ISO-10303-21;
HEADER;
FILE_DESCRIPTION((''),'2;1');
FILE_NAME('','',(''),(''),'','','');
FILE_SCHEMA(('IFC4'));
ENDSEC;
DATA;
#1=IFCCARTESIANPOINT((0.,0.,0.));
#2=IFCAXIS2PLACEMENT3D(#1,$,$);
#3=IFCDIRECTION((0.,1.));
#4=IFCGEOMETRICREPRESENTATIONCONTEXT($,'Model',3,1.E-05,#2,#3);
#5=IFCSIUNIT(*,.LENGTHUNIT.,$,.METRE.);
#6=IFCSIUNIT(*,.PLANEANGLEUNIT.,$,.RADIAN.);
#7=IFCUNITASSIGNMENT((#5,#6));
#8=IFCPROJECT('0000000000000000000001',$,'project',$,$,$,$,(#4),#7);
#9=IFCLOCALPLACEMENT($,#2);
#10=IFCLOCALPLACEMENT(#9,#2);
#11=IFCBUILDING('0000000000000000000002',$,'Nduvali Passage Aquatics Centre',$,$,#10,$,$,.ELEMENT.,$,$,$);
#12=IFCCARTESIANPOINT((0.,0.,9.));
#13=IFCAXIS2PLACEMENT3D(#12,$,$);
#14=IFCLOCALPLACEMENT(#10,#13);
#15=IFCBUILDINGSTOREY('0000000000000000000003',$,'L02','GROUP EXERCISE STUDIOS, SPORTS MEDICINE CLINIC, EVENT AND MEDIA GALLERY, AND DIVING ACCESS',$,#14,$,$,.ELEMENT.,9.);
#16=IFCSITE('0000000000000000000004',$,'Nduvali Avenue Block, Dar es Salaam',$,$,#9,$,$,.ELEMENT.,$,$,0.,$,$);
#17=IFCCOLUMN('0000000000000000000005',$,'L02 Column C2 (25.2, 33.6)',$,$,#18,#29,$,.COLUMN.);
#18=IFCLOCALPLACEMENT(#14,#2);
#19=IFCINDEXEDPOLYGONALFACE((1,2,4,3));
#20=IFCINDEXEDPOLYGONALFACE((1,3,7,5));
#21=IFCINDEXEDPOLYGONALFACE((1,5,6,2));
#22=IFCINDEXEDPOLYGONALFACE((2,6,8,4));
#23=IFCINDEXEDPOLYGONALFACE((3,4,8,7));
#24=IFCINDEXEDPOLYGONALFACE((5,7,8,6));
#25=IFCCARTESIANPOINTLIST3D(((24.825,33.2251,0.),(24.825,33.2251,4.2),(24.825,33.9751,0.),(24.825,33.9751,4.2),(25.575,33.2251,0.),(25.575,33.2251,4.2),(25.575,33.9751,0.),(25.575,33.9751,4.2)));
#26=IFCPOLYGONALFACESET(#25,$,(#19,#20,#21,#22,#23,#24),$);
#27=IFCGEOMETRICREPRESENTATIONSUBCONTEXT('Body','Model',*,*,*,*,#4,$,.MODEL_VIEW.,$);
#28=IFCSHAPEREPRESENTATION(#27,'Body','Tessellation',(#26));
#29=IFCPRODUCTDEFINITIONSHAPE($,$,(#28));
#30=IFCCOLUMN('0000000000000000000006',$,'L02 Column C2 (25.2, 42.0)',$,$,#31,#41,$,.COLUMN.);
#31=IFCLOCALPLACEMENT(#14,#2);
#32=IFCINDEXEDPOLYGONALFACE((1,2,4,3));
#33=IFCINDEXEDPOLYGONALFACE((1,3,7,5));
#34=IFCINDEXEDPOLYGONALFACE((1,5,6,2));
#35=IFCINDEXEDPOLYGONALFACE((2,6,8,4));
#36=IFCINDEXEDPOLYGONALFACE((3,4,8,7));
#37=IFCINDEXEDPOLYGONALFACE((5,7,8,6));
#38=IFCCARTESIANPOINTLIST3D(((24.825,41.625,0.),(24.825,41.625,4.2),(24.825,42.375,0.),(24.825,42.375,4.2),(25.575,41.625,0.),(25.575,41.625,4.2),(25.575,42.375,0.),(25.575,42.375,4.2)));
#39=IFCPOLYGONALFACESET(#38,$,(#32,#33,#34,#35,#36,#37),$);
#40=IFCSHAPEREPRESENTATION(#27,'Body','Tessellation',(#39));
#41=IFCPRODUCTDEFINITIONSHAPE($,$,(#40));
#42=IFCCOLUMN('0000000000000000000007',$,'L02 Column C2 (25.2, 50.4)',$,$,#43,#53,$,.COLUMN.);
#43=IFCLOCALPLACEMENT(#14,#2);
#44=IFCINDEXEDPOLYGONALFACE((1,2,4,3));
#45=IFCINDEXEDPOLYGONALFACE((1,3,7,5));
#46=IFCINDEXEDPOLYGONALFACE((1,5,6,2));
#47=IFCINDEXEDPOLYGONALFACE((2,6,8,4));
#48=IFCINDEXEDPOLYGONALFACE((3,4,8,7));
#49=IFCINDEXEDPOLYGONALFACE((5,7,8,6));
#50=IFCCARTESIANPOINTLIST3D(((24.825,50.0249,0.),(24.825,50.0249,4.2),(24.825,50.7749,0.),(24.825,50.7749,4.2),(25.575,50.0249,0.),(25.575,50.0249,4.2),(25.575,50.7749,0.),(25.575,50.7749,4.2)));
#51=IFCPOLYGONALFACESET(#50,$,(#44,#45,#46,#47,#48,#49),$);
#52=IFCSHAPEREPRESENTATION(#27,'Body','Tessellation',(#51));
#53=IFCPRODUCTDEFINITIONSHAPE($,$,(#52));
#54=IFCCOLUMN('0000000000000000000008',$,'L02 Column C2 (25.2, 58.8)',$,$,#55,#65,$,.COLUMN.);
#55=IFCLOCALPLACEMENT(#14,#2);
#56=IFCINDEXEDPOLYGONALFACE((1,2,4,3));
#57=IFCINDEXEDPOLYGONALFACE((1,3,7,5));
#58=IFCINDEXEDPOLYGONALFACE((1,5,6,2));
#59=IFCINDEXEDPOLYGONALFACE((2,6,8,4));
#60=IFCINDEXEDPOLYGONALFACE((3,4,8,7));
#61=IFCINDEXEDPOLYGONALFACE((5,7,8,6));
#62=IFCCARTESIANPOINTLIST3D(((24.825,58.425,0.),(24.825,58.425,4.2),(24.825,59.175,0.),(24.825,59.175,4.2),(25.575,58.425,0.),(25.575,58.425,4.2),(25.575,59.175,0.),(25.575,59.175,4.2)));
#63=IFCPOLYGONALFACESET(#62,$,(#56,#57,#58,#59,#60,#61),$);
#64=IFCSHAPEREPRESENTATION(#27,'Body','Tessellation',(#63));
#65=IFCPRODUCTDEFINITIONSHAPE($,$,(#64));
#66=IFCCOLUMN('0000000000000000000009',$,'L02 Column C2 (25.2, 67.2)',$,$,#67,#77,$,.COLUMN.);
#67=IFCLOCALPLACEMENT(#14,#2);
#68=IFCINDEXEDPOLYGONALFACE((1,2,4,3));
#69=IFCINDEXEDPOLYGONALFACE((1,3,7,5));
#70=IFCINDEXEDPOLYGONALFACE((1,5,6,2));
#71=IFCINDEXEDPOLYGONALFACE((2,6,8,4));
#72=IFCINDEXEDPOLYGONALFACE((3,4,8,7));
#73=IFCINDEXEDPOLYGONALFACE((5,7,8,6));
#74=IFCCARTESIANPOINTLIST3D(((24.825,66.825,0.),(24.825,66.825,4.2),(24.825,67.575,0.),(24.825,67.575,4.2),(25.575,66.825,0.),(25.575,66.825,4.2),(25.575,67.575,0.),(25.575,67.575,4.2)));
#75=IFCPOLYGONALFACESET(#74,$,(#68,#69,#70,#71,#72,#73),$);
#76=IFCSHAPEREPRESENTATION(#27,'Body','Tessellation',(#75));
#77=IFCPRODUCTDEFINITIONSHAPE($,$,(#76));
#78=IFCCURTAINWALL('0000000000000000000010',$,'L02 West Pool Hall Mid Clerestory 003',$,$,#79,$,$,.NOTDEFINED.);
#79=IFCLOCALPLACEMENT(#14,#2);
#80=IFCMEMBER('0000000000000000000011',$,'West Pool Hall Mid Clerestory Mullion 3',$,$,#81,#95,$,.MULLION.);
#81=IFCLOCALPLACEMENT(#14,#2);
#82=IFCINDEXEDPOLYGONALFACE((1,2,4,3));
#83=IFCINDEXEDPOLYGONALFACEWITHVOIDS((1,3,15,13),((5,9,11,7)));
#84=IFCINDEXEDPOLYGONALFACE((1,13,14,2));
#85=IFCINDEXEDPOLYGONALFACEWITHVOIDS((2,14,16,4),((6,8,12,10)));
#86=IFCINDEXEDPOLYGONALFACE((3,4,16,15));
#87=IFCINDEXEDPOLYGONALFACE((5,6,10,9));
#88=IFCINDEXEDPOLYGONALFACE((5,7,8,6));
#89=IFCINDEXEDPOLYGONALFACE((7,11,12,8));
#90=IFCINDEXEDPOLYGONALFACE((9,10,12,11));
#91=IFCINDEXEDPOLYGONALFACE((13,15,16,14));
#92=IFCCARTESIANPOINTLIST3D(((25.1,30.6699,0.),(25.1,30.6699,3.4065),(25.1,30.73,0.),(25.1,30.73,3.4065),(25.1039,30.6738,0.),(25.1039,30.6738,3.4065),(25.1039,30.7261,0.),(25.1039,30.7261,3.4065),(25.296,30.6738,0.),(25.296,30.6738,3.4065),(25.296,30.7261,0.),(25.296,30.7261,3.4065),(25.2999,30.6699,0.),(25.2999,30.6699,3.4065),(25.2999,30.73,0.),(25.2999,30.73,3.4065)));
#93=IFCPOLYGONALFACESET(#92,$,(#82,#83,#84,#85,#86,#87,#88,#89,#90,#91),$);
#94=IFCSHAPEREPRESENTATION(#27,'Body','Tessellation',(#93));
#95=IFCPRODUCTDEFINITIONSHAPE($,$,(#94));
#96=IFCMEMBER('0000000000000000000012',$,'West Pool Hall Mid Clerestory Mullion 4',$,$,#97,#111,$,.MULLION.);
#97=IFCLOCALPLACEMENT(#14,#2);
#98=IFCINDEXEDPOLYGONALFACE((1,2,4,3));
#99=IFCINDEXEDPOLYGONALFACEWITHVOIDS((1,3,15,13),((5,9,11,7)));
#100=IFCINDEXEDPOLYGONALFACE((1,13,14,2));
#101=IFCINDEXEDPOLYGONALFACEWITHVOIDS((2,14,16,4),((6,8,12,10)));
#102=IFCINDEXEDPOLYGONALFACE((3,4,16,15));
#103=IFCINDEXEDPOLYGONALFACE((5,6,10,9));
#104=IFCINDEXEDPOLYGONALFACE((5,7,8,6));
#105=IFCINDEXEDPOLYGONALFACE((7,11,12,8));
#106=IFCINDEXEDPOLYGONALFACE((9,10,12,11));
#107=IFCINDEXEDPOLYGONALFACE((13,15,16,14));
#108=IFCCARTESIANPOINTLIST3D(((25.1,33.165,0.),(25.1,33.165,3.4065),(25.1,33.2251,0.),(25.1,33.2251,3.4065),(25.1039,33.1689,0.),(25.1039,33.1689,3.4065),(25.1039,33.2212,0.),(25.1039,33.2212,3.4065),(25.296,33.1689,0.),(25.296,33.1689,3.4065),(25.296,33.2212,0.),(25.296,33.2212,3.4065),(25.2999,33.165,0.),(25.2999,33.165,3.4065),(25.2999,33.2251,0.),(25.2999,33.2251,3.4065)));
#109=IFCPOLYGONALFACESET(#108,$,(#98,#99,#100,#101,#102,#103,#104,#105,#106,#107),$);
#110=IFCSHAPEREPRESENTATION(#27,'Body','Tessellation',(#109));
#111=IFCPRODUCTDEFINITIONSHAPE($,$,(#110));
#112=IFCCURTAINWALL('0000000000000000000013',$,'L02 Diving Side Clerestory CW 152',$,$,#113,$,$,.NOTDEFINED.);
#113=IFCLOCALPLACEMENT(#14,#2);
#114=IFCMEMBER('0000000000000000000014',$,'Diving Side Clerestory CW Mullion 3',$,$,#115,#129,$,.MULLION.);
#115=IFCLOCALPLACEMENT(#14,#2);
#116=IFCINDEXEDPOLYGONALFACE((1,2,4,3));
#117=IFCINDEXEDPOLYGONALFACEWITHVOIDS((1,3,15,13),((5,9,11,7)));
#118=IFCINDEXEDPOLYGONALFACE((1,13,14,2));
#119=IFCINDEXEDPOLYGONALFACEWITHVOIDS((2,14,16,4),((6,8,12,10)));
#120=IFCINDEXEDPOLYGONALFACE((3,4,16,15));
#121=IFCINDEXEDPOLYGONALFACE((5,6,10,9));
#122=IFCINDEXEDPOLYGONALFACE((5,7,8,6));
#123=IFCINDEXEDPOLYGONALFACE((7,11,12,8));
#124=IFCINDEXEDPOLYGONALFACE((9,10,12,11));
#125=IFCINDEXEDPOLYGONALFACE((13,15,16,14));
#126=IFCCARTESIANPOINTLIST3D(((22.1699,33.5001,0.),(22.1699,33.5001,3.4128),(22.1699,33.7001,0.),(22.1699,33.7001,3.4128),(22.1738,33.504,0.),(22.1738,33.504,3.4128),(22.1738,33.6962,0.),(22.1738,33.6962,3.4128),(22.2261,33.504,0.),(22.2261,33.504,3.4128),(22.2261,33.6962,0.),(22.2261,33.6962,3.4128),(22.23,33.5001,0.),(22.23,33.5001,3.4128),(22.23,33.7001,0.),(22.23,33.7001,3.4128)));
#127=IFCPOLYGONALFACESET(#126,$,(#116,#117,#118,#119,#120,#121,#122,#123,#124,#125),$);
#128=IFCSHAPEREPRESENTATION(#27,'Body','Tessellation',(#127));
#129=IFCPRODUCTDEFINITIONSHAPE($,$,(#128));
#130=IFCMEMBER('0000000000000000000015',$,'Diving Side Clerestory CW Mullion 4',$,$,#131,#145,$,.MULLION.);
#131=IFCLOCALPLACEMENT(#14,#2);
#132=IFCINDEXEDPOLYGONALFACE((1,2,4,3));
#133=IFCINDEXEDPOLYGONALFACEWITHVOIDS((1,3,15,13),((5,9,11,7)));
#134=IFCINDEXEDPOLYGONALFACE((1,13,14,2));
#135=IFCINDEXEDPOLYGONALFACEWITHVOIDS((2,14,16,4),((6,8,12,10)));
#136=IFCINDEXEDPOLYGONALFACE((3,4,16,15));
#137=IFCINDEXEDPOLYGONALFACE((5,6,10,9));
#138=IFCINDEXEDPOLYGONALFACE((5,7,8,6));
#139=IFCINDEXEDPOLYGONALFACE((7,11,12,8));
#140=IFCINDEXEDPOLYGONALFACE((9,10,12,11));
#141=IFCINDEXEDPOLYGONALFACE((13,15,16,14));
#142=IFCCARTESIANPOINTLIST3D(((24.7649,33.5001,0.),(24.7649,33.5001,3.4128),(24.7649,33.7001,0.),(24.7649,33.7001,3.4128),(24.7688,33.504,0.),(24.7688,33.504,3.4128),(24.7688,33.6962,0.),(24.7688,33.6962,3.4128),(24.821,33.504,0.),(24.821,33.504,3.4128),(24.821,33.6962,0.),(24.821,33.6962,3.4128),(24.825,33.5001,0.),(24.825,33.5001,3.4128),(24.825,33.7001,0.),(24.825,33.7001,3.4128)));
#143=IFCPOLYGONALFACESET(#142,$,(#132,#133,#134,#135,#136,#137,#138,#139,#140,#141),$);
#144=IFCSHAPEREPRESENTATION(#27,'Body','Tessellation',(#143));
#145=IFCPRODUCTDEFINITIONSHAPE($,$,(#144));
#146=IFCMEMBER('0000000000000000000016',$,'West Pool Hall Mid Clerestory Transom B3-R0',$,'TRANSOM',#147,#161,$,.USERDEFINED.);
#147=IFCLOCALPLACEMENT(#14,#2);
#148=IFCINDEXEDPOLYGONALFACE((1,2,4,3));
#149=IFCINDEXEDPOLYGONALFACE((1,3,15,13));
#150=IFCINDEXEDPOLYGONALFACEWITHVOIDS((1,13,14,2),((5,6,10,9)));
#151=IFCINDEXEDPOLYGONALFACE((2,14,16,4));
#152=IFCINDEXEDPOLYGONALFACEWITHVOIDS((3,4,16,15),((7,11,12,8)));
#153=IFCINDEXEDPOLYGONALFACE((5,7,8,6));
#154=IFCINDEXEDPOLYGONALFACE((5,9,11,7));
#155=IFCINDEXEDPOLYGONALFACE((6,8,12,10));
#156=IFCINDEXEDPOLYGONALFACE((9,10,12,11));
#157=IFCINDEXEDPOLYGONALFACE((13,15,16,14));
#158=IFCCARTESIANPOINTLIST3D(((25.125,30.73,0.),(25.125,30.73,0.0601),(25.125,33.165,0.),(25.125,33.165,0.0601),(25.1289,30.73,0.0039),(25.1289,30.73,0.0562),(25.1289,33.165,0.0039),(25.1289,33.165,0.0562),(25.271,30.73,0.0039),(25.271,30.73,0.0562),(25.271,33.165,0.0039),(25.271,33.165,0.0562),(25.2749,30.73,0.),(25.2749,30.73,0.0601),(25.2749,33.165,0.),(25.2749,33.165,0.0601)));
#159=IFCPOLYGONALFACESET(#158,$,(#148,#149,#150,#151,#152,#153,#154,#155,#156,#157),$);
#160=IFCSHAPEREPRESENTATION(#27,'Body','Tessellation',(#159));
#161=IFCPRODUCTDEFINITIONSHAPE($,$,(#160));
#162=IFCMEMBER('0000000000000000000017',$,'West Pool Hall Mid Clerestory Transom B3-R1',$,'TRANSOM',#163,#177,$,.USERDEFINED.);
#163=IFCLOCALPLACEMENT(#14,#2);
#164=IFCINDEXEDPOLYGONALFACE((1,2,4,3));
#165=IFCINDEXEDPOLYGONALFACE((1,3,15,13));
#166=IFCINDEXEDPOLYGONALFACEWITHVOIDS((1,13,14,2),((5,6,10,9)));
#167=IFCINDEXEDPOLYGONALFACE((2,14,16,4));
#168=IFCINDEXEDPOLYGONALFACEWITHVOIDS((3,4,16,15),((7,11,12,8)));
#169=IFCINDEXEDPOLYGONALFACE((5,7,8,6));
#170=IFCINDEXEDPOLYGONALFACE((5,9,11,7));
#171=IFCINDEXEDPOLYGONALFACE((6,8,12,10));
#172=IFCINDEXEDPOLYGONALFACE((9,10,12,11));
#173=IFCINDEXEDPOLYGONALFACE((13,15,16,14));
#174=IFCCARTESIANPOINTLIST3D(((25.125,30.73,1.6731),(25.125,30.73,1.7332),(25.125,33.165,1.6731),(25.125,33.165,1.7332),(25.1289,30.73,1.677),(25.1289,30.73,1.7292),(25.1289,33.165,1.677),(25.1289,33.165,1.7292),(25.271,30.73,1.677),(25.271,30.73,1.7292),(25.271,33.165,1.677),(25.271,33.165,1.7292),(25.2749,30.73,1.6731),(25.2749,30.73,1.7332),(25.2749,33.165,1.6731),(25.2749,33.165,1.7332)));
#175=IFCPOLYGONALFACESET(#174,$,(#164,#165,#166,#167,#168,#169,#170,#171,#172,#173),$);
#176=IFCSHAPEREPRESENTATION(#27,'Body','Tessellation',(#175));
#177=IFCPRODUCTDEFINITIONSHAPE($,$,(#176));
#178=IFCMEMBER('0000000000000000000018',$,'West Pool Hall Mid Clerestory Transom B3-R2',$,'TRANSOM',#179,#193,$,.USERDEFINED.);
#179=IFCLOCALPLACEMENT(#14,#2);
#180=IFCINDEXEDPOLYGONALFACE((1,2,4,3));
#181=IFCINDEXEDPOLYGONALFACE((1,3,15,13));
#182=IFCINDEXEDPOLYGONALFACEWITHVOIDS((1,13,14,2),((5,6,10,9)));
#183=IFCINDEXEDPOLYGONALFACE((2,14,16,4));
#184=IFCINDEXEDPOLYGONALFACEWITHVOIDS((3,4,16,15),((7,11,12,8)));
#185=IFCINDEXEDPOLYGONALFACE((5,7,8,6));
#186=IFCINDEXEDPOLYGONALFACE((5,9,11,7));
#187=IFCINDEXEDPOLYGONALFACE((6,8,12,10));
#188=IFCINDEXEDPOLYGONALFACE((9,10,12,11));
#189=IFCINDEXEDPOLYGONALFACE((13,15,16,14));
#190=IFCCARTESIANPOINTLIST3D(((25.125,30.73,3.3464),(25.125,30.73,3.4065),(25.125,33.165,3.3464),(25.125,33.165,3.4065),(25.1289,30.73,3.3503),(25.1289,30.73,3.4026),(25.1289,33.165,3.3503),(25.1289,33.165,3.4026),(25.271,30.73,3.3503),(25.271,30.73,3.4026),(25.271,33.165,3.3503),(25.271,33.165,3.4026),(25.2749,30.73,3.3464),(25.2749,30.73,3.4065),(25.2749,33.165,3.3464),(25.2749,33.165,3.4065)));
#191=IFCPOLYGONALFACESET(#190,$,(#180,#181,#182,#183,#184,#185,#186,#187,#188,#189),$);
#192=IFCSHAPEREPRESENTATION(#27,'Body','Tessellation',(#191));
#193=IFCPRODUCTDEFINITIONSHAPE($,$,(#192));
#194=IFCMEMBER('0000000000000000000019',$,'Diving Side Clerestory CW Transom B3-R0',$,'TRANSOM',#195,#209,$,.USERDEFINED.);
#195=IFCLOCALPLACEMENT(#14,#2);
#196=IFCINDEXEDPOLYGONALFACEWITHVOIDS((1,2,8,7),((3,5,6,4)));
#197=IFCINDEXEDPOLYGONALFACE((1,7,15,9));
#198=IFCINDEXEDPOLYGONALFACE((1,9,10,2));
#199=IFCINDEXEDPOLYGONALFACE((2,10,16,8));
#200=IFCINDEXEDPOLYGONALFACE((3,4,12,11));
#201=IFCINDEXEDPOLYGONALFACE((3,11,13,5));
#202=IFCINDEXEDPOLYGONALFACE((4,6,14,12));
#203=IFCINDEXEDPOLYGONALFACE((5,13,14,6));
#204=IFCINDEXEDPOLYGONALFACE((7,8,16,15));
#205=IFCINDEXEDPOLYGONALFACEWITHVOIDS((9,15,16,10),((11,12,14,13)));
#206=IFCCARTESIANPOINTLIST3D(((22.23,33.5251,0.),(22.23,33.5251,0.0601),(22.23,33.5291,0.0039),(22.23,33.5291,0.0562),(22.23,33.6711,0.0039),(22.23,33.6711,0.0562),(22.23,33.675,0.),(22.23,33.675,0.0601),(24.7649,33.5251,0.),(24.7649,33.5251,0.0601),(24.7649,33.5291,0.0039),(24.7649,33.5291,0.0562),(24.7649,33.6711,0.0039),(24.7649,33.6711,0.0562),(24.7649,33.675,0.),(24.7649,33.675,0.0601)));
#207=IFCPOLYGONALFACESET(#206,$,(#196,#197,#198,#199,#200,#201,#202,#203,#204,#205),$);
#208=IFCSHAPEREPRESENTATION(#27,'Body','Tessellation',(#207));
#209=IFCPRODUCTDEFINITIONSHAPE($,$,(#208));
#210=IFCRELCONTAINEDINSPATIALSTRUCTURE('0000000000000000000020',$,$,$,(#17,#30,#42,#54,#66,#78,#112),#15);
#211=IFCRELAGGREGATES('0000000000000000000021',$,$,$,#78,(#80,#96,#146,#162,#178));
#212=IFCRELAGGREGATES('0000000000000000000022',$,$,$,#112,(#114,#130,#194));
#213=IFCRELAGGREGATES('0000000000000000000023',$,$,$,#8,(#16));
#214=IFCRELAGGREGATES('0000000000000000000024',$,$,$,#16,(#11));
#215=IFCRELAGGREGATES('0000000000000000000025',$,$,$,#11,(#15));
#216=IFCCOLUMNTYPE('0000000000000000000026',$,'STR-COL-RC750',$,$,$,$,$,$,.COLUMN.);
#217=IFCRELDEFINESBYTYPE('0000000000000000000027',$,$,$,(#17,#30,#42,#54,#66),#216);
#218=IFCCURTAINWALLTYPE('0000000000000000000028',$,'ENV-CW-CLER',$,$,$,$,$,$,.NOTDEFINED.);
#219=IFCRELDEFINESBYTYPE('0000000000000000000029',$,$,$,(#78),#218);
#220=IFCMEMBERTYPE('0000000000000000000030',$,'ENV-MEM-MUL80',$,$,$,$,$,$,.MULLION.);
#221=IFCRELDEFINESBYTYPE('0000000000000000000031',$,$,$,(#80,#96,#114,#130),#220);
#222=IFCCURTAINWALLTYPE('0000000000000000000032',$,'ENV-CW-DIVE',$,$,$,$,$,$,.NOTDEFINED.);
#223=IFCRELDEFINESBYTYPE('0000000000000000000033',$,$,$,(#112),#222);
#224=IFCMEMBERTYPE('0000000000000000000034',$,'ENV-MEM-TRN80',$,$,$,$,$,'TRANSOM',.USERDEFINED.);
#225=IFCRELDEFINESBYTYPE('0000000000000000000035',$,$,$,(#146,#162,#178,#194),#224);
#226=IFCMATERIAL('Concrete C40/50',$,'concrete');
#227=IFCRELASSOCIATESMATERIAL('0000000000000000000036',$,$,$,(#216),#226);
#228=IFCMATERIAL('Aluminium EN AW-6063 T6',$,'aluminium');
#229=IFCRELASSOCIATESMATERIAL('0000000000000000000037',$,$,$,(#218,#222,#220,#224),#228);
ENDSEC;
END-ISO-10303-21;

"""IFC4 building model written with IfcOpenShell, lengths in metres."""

from ifc_helpers import new_model, si_unit, direction, frame, origin, origin_2d, place, context, subcontext, project, spatial, rectangle, hollow_rectangle, extrude, material, material_profile, profile_set, type_object, element, aggregate, save


model = new_model("IFC4")

# Units and contexts
model_context = context("Model", 3, precision=1e-05, world=origin(), true_north=direction((0.0, 1.0)))
body_context = subcontext(model_context, "Body", "Model", "MODEL_VIEW")
ifc_project = project(units=[si_unit("LENGTHUNIT", "METRE"), si_unit("PLANEANGLEUNIT", "RADIAN")], contexts=[model_context])

# Site, building, storey
site_placement = place(None, origin())
site = spatial("IfcSite", under=ifc_project, at=site_placement, Name="Nduvali Avenue Block, Dar es Salaam", CompositionType="ELEMENT", RefElevation=0.0)
building_placement = place(site_placement, origin())
building = spatial("IfcBuilding", under=site, at=building_placement, Name="Nduvali Passage Aquatics Centre", CompositionType="ELEMENT")
storey_placement = place(building_placement, frame((0.0, 0.0, 9.0)))
storey = spatial("IfcBuildingStorey", under=building, at=storey_placement, Name="L02", Description="GROUP EXERCISE STUDIOS, SPORTS MEDICINE CLINIC, EVENT AND MEDIA GALLERY, AND DIVING ACCESS", CompositionType="ELEMENT", Elevation=9.0)

# Columns
ifc_material_1 = material(Name="Concrete C40/50", Category="concrete")
ifc_material_profile_1 = material_profile(ifc_material_1, rectangle(XDim=0.75, YDim=0.75, at=origin_2d()), Name="RC 750x750")
ifc_profile_set_1 = profile_set([ifc_material_profile_1], Name="Concrete C40/50")
column_type = type_object("IfcColumnType", Name="STR-COL-RC750", PredefinedType="COLUMN", material=ifc_profile_set_1)
for number, where, z_axis, x_axis, name in (
    (1, (25.2, 33.6001, 0.0), (0.0, 0.0, 1.0), (1.0, 0.0, 0.0), "L02 Column C2 (25.2, 33.6)"),
    (2, (25.2, 42.0, 0.0), (0.0, 0.0, 1.0), (1.0, 0.0, 0.0), "L02 Column C2 (25.2, 42.0)"),
    (3, (25.2, 50.3999, 0.0), (0.0, 0.0, 1.0), (1.0, 0.0, 0.0), "L02 Column C2 (25.2, 50.4)"),
    (4, (25.2, 58.8, 0.0), (0.0, 0.0, 1.0), (1.0, 0.0, 0.0), "L02 Column C2 (25.2, 58.8)"),
    (5, (25.2, 67.2, 0.0), (0.0, 0.0, 1.0), (1.0, 0.0, 0.0), "L02 Column C2 (25.2, 67.2)"),
):
    element("IfcColumn", number, at=place(storey_placement, frame(where, z_axis=z_axis, x_axis=x_axis)), inside=storey, type_object=column_type, Name=name, PredefinedType="COLUMN", context=body_context, shape_type="SweptSolid", body=[
        extrude(rectangle(XDim=0.75, YDim=0.75, at=origin_2d()), origin(), (0.0, 0.0, 1.0), 4.2),
    ])

# Curtain walls, members
ifc_material_2 = material(Name="Aluminium EN AW-6063 T6", Category="aluminium")
curtain_wall_type_1 = type_object("IfcCurtainWallType", Name="ENV-CW-CLER", PredefinedType="NOTDEFINED", material=ifc_material_2)
curtain_wall_1_placement = place(storey_placement, origin())
curtain_wall_1 = element("IfcCurtainWall", 6, at=curtain_wall_1_placement, inside=storey, type_object=curtain_wall_type_1, Name="L02 West Pool Hall Mid Clerestory 003", PredefinedType="NOTDEFINED")
ifc_material_profile_2 = material_profile(ifc_material_2, hollow_rectangle(XDim=0.0601, YDim=0.2, WallThickness=0.0039, at=origin_2d()), Name="ALU MULLION 60x200x4")
ifc_profile_set_2 = profile_set([ifc_material_profile_2], Name="Aluminium EN AW-6063 T6")
member_type_1 = type_object("IfcMemberType", Name="ENV-MEM-MUL80", PredefinedType="MULLION", material=ifc_profile_set_2)
member_1_placement = place(storey_placement, frame((25.2, 30.7, 0.0), z_axis=(0.0, 0.0, 1.0), x_axis=(0.0, 1.0, 0.0)))
member_1 = element("IfcMember", 7, at=member_1_placement, type_object=member_type_1, Name="West Pool Hall Mid Clerestory Mullion 3", PredefinedType="MULLION", context=body_context, shape_type="SweptSolid", body=[
    extrude(hollow_rectangle(XDim=0.0601, YDim=0.2, WallThickness=0.0039, at=origin_2d()), origin(), (0.0, 0.0, 1.0), 3.4065),
])
member_2_placement = place(storey_placement, frame((25.2, 33.1951, 0.0), z_axis=(0.0, 0.0, 1.0), x_axis=(0.0, 1.0, 0.0)))
member_2 = element("IfcMember", 8, at=member_2_placement, type_object=member_type_1, Name="West Pool Hall Mid Clerestory Mullion 4", PredefinedType="MULLION", context=body_context, shape_type="SweptSolid", body=[
    extrude(hollow_rectangle(XDim=0.0601, YDim=0.2, WallThickness=0.0039, at=origin_2d()), origin(), (0.0, 0.0, 1.0), 3.4065),
])
curtain_wall_type_2 = type_object("IfcCurtainWallType", Name="ENV-CW-DIVE", PredefinedType="NOTDEFINED", material=ifc_material_2)
curtain_wall_2_placement = place(storey_placement, origin())
curtain_wall_2 = element("IfcCurtainWall", 9, at=curtain_wall_2_placement, inside=storey, type_object=curtain_wall_type_2, Name="L02 Diving Side Clerestory CW 152", PredefinedType="NOTDEFINED")
member_3_placement = place(storey_placement, frame((22.2, 33.6001, 0.0), z_axis=(0.0, 0.0, 1.0), x_axis=(1.0, 0.0, 0.0)))
member_3 = element("IfcMember", 10, at=member_3_placement, type_object=member_type_1, Name="Diving Side Clerestory CW Mullion 3", PredefinedType="MULLION", context=body_context, shape_type="SweptSolid", body=[
    extrude(hollow_rectangle(XDim=0.0601, YDim=0.2, WallThickness=0.0039, at=origin_2d()), origin(), (0.0, 0.0, 1.0), 3.4128),
])
member_4_placement = place(storey_placement, frame((24.7949, 33.6001, 0.0), z_axis=(0.0, 0.0, 1.0), x_axis=(1.0, 0.0, 0.0)))
member_4 = element("IfcMember", 11, at=member_4_placement, type_object=member_type_1, Name="Diving Side Clerestory CW Mullion 4", PredefinedType="MULLION", context=body_context, shape_type="SweptSolid", body=[
    extrude(hollow_rectangle(XDim=0.0601, YDim=0.2, WallThickness=0.0039, at=origin_2d()), origin(), (0.0, 0.0, 1.0), 3.4128),
])

# Members
ifc_material_profile_3 = material_profile(ifc_material_2, hollow_rectangle(XDim=0.1499, YDim=0.0601, WallThickness=0.0039, at=origin_2d()), Name="ALU TRANSOM 150x60x4")
ifc_profile_set_3 = profile_set([ifc_material_profile_3], Name="Aluminium EN AW-6063 T6")
member_type_2 = type_object("IfcMemberType", Name="ENV-MEM-TRN80", ElementType="TRANSOM", PredefinedType="USERDEFINED", material=ifc_profile_set_3)
member_5_placement = place(storey_placement, frame((25.2, 30.73, 0.03), z_axis=(0.0, 1.0, 0.0), x_axis=(-1.0, 0.0, 0.0)))
member_5 = element("IfcMember", 12, at=member_5_placement, type_object=member_type_2, Name="West Pool Hall Mid Clerestory Transom B3-R0", ObjectType="TRANSOM", PredefinedType="USERDEFINED", context=body_context, shape_type="SweptSolid", body=[
    extrude(hollow_rectangle(XDim=0.1499, YDim=0.0601, WallThickness=0.0039, at=origin_2d()), origin(), (0.0, 0.0, 1.0), 2.4351),
])
member_6_placement = place(storey_placement, frame((25.2, 30.73, 1.7031), z_axis=(0.0, 1.0, 0.0), x_axis=(-1.0, 0.0, 0.0)))
member_6 = element("IfcMember", 13, at=member_6_placement, type_object=member_type_2, Name="West Pool Hall Mid Clerestory Transom B3-R1", ObjectType="TRANSOM", PredefinedType="USERDEFINED", context=body_context, shape_type="SweptSolid", body=[
    extrude(hollow_rectangle(XDim=0.1499, YDim=0.0601, WallThickness=0.0039, at=origin_2d()), origin(), (0.0, 0.0, 1.0), 2.4351),
])
member_7_placement = place(storey_placement, frame((25.2, 30.73, 3.3765), z_axis=(0.0, 1.0, 0.0), x_axis=(-1.0, 0.0, 0.0)))
member_7 = element("IfcMember", 14, at=member_7_placement, type_object=member_type_2, Name="West Pool Hall Mid Clerestory Transom B3-R2", ObjectType="TRANSOM", PredefinedType="USERDEFINED", context=body_context, shape_type="SweptSolid", body=[
    extrude(hollow_rectangle(XDim=0.1499, YDim=0.0601, WallThickness=0.0039, at=origin_2d()), origin(), (0.0, 0.0, 1.0), 2.4351),
])
member_8_placement = place(storey_placement, frame((22.23, 33.6001, 0.03), z_axis=(1.0, 0.0, 0.0), x_axis=(0.0, 1.0, 0.0)))
member_8 = element("IfcMember", 15, at=member_8_placement, type_object=member_type_2, Name="Diving Side Clerestory CW Transom B3-R0", ObjectType="TRANSOM", PredefinedType="USERDEFINED", context=body_context, shape_type="SweptSolid", body=[
    extrude(hollow_rectangle(XDim=0.1499, YDim=0.0601, WallThickness=0.0039, at=origin_2d()), origin(), (0.0, 0.0, 1.0), 2.5349),
])

aggregate(curtain_wall_1, [member_1, member_2, member_5, member_6, member_7])
aggregate(curtain_wall_2, [member_3, member_4, member_8])

save(model, "model.ifc")
